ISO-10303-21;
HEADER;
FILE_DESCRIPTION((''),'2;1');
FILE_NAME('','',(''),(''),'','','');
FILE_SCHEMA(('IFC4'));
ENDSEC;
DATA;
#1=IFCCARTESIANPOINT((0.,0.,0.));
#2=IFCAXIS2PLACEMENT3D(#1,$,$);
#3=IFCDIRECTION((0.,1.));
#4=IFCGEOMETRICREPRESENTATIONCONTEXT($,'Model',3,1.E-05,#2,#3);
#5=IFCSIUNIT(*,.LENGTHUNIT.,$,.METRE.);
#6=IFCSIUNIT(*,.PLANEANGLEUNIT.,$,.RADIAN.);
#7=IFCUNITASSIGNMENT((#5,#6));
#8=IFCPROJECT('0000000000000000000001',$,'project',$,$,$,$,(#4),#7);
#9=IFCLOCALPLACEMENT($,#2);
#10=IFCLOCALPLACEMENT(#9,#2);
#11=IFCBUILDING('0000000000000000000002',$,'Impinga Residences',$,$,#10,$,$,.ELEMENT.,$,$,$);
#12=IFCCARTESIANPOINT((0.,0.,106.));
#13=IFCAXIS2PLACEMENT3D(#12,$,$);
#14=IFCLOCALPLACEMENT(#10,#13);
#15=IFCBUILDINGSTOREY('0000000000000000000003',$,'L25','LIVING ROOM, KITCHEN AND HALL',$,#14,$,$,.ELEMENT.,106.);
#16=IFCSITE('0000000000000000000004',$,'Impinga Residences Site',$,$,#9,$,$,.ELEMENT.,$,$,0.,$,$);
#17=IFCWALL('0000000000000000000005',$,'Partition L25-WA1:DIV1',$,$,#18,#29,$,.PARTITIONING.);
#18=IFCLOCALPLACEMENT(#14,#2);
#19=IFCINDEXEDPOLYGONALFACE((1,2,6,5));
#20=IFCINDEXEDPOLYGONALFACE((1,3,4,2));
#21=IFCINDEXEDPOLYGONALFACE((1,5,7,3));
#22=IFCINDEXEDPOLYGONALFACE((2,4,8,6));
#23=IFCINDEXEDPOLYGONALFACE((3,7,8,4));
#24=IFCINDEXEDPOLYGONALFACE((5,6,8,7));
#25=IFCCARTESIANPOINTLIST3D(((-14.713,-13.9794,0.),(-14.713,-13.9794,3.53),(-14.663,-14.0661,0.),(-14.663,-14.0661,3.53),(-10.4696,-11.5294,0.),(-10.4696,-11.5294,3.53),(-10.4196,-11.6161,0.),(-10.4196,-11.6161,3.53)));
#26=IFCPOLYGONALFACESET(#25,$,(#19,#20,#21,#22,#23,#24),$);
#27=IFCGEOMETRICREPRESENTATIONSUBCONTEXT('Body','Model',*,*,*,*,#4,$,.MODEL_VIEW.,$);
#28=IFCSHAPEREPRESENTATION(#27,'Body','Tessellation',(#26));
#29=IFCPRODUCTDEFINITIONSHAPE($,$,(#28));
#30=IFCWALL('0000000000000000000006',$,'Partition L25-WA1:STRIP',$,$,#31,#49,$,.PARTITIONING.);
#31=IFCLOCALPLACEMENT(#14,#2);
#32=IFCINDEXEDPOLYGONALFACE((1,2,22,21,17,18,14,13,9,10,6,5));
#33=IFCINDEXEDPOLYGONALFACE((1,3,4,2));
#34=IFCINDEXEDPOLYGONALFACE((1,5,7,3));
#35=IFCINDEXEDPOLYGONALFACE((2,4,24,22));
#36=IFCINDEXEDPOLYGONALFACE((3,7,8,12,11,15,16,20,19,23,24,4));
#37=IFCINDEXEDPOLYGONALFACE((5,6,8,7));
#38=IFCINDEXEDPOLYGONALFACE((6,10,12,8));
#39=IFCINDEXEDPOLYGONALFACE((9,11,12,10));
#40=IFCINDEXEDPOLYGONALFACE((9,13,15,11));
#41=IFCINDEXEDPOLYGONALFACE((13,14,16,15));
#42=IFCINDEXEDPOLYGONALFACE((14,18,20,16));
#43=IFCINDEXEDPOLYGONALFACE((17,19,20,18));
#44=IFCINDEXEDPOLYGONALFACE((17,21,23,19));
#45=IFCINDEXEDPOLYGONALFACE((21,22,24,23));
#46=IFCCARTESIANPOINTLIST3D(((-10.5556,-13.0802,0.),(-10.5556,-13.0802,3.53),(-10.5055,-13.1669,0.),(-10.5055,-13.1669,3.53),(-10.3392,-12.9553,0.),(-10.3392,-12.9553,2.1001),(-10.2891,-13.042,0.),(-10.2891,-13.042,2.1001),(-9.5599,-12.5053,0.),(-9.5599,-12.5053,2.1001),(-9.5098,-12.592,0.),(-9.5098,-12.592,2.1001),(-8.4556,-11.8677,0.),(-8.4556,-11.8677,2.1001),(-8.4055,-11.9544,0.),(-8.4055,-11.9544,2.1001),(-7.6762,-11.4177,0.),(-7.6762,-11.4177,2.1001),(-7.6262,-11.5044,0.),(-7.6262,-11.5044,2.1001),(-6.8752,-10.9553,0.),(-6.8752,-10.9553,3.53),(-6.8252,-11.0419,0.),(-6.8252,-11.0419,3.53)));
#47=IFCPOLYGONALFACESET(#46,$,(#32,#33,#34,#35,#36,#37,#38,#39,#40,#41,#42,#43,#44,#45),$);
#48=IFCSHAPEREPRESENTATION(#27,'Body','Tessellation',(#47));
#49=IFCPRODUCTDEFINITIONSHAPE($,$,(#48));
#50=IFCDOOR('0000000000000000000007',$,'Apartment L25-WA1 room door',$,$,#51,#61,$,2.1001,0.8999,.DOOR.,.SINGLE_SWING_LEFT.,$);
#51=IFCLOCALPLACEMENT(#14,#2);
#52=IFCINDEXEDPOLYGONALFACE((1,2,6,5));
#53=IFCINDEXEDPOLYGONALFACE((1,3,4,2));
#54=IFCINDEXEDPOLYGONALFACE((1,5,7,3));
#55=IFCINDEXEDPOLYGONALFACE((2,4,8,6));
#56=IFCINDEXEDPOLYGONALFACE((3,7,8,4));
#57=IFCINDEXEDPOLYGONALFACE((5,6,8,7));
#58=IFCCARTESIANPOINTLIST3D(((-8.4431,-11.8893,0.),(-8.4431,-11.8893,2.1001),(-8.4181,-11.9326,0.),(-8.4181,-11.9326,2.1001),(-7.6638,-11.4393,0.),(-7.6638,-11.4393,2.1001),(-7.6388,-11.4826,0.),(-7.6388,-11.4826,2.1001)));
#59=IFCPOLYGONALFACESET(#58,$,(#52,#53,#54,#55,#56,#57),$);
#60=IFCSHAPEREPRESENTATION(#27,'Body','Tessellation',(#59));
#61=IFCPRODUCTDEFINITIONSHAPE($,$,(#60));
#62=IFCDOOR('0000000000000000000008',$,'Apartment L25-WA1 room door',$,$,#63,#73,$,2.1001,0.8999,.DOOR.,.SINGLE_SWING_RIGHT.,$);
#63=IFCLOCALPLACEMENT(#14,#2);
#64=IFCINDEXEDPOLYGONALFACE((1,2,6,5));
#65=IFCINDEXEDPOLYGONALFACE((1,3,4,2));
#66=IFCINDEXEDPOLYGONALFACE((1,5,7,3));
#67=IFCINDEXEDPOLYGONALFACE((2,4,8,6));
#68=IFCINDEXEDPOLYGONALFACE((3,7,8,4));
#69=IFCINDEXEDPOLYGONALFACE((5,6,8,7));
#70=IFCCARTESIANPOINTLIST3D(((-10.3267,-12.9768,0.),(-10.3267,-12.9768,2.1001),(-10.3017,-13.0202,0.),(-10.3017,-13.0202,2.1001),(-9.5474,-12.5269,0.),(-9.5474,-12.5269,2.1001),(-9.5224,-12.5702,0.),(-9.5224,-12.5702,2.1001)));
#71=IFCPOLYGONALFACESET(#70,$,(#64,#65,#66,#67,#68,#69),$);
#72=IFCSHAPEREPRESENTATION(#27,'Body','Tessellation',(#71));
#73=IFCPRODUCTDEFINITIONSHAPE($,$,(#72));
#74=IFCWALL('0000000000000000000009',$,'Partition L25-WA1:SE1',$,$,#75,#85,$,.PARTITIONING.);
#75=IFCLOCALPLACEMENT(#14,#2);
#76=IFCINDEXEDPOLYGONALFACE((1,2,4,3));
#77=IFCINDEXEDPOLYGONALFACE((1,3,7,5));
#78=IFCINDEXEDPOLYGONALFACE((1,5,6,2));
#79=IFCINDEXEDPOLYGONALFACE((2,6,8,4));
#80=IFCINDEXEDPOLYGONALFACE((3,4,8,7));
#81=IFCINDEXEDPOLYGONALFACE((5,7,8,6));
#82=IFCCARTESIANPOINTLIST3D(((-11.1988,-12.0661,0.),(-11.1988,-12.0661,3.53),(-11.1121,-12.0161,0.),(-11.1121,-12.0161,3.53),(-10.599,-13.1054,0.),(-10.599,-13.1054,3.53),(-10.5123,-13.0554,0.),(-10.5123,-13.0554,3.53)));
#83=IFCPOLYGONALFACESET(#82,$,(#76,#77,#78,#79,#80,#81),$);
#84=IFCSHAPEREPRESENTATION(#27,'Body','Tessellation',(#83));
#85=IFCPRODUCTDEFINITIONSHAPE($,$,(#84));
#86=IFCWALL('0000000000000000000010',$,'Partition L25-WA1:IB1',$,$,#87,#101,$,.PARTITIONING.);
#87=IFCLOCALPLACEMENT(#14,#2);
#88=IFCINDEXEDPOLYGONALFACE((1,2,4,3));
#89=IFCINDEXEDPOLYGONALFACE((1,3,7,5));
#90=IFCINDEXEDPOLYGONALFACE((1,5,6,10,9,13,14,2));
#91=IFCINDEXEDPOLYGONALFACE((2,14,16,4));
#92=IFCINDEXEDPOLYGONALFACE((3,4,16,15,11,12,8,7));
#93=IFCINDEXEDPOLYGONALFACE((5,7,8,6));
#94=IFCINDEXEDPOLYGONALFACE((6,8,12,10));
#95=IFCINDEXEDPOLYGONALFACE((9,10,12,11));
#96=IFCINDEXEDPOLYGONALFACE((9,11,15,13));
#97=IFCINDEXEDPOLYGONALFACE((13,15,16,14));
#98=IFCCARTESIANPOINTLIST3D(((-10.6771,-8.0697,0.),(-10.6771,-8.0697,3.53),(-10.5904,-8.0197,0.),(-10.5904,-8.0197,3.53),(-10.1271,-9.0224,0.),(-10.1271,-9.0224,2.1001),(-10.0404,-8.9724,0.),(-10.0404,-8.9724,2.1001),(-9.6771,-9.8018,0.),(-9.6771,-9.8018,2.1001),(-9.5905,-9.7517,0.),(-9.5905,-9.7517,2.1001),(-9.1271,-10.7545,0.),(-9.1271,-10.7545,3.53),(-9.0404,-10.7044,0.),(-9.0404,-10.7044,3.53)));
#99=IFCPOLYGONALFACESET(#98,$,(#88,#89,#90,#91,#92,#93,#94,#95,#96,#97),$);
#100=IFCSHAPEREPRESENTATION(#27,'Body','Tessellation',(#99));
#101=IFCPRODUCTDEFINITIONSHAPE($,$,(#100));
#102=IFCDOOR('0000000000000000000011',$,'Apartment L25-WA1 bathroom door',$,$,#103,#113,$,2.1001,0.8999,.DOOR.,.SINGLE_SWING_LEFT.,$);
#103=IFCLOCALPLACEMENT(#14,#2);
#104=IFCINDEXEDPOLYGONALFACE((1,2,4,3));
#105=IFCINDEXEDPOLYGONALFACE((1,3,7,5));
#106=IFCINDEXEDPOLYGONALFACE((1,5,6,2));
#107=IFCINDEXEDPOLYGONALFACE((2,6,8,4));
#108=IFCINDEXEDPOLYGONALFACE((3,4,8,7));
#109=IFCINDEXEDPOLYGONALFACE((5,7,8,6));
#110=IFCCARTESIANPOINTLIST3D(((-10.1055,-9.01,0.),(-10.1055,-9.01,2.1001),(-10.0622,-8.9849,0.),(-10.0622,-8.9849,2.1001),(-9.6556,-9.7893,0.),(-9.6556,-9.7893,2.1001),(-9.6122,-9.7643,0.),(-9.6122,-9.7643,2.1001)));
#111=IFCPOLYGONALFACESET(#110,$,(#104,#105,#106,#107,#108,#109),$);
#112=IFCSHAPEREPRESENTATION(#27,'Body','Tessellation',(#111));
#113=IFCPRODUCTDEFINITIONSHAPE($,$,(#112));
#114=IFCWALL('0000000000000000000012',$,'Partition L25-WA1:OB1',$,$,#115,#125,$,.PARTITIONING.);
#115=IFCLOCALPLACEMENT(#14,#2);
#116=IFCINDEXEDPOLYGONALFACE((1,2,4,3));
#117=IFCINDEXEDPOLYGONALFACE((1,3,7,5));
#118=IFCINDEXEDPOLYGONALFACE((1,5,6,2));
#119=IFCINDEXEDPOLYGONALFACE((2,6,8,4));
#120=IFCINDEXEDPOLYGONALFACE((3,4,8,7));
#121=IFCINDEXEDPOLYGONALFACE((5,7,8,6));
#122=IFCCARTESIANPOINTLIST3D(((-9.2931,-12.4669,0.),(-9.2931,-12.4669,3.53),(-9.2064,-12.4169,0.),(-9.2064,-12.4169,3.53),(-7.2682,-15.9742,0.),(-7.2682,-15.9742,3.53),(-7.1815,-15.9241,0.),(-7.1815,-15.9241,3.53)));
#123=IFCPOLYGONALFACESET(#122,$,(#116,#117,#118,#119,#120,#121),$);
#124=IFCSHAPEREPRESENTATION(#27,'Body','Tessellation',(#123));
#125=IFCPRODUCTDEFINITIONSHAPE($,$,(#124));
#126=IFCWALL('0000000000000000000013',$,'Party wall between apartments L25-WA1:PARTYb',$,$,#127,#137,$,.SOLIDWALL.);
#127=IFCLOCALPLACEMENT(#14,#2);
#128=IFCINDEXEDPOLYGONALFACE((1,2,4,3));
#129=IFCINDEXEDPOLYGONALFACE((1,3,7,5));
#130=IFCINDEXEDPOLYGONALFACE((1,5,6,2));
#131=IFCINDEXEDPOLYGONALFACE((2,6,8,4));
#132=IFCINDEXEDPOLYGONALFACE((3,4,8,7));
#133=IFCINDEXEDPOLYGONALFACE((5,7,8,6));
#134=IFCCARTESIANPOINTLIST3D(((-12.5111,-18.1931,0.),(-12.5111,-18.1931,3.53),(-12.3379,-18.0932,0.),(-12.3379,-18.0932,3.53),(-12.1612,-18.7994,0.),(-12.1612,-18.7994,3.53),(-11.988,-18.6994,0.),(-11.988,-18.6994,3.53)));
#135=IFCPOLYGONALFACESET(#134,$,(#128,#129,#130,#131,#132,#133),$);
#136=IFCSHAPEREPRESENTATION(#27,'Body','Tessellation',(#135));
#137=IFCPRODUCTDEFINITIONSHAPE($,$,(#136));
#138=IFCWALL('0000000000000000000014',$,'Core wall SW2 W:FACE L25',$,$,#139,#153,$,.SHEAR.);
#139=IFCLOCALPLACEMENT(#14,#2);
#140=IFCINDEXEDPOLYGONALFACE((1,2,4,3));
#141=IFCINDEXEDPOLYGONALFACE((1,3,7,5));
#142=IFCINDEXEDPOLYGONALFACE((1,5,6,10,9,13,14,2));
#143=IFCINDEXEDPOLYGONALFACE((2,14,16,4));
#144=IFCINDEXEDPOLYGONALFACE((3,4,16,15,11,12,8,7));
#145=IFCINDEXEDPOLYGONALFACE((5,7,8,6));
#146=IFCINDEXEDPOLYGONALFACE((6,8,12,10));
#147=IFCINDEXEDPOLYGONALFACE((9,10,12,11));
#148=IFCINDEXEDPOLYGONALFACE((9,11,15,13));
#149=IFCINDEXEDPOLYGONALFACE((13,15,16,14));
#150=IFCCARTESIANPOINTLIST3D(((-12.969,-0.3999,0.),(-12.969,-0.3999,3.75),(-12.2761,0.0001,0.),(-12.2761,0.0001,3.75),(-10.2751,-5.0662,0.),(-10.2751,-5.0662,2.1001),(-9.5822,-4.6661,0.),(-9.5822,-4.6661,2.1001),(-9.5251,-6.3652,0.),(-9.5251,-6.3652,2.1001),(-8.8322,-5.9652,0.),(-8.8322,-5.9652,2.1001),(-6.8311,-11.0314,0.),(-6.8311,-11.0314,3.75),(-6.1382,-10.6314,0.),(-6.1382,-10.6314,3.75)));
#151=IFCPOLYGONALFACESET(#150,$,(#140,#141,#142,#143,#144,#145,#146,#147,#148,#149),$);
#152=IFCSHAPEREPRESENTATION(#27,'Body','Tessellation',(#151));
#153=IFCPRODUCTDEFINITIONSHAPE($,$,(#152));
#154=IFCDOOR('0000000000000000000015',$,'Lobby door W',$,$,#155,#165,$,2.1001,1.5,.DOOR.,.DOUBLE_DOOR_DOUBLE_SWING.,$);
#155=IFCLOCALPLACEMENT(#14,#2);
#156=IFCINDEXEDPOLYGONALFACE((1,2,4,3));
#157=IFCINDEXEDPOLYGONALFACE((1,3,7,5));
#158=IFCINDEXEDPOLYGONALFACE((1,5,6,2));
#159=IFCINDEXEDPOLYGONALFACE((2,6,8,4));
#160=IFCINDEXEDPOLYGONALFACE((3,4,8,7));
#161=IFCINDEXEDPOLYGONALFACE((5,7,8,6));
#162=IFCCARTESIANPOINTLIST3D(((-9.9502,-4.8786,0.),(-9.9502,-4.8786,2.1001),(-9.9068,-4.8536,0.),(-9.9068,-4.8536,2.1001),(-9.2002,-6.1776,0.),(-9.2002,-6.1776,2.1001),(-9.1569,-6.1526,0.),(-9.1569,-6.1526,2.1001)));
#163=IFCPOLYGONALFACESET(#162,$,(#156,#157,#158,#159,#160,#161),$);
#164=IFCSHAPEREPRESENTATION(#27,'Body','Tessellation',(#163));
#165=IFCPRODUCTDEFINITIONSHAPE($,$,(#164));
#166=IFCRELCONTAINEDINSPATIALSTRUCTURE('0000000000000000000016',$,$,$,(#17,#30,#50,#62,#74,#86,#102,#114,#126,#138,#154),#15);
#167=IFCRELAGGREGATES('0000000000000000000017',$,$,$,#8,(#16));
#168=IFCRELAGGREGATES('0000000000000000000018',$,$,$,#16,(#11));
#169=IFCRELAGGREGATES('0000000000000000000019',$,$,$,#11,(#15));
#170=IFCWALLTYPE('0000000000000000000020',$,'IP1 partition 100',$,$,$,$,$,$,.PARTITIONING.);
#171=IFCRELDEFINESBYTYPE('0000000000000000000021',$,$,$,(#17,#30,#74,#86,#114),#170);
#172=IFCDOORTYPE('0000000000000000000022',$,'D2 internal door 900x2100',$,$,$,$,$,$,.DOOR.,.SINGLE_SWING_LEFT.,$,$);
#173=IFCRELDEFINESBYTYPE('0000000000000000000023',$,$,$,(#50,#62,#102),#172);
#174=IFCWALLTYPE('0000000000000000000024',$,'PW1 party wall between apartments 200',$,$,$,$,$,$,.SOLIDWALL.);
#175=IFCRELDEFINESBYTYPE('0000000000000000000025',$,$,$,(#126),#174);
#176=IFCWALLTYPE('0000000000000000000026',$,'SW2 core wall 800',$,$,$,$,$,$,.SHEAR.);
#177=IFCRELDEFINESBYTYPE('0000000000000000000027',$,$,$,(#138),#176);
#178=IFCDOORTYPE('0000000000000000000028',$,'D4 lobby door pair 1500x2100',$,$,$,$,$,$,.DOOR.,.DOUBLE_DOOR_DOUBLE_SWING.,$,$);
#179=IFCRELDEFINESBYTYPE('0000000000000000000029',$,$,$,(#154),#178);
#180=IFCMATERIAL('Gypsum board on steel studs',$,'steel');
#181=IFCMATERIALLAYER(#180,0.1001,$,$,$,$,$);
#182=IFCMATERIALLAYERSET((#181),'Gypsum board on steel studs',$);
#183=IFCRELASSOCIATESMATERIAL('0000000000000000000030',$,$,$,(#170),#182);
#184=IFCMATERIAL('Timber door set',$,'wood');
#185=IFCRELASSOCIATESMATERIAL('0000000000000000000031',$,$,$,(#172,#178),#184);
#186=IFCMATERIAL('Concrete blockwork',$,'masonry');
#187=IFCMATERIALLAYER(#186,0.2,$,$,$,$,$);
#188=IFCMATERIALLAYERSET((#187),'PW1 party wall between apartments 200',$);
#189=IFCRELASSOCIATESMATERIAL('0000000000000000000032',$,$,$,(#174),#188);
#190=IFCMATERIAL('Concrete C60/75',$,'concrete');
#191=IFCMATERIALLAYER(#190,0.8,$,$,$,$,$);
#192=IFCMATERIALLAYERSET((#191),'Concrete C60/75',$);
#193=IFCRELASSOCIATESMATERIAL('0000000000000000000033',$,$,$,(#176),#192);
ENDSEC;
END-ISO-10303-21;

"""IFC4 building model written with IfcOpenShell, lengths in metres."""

from ifc_helpers import new_model, si_unit, direction, frame, frame_2d, origin, place, context, subcontext, project, spatial, rectangle, extrude, material, layer, layer_set, type_object, element, fill, save


model = new_model("IFC4")

# Units and contexts
model_context = context("Model", 3, precision=1e-05, world=origin(), true_north=direction((0.0, 1.0)))
body_context = subcontext(model_context, "Body", "Model", "MODEL_VIEW")
ifc_project = project(units=[si_unit("LENGTHUNIT", "METRE"), si_unit("PLANEANGLEUNIT", "RADIAN")], contexts=[model_context])

# Site, building, storey
site_placement = place(None, origin())
site = spatial("IfcSite", under=ifc_project, at=site_placement, Name="Impinga Residences Site", CompositionType="ELEMENT", RefElevation=0.0)
building_placement = place(site_placement, origin())
building = spatial("IfcBuilding", under=site, at=building_placement, Name="Impinga Residences", CompositionType="ELEMENT")
storey_placement = place(building_placement, frame((0.0, 0.0, 106.0)))
storey = spatial("IfcBuildingStorey", under=building, at=storey_placement, Name="L25", Description="LIVING ROOM, KITCHEN AND HALL", CompositionType="ELEMENT", Elevation=106.0)

# Shared definitions
ifc_material_1 = material(Name="Concrete C60/75", Category="concrete")

# Wall
ifc_material_2 = material(Name="Gypsum board on steel studs", Category="steel")
ifc_layer_1 = layer(ifc_material_2, 0.1001)
ifc_layer_set_1 = layer_set([ifc_layer_1], Name="Gypsum board on steel studs")
wall_type_1 = type_object("IfcWallType", Name="IP1 partition 100", PredefinedType="PARTITIONING", material=ifc_layer_set_1)
wall_1_placement = place(storey_placement, frame((-10.4446, -11.5728, 0.0), z_axis=(0.0, 0.0, 1.0), x_axis=(-0.866024, -0.500003, 0.0)))
element("IfcWall", 1, at=wall_1_placement, inside=storey, type_object=wall_type_1, Name="Partition L25-WA1:DIV1", PredefinedType="PARTITIONING", context=body_context, shape_type="SweptSolid", body=[
    extrude(rectangle(XDim=4.8999, YDim=0.1001, at=frame_2d((2.45, 0.0))), origin(), (0.0, 0.0, 1.0), 3.53),
])

# Wall, openings, doors
wall_2_placement = place(storey_placement, frame((-6.8501, -10.9985, 0.0), z_axis=(0.0, 0.0, 1.0), x_axis=(-0.866014, -0.500019, 0.0)))
wall_2 = element("IfcWall", 2, at=wall_2_placement, inside=storey, type_object=wall_type_1, Name="Partition L25-WA1:STRIP", PredefinedType="PARTITIONING", context=body_context, shape_type="SweptSolid", body=[
    extrude(rectangle(XDim=4.2498, YDim=0.1001, at=frame_2d((2.125, 0.0))), origin(), (0.0, 0.0, 1.0), 3.53),
])
opening_1_placement = place(wall_2_placement, frame((0.925, 0.0, 0.0)))
opening_1 = element("IfcOpeningElement", 3, at=opening_1_placement, cuts=wall_2, PredefinedType="OPENING", context=body_context, shape_type="SweptSolid", body=[
    extrude(rectangle(XDim=0.8999, YDim=2.1001, at=frame_2d((0.45, 1.05))), frame((0.0, 0.0601, 0.0), z_axis=(0.0, -1.0, 0.0), x_axis=(1.0, 0.0, 0.0)), (0.0, 0.0, 1.0), 0.1201),
])
opening_2_placement = place(wall_2_placement, frame((3.1001, 0.0, 0.0)))
opening_2 = element("IfcOpeningElement", 4, at=opening_2_placement, cuts=wall_2, PredefinedType="OPENING", context=body_context, shape_type="SweptSolid", body=[
    extrude(rectangle(XDim=0.8999, YDim=2.1001, at=frame_2d((0.45, 1.05))), frame((0.0, 0.0601, 0.0), z_axis=(0.0, -1.0, 0.0), x_axis=(1.0, 0.0, 0.0)), (0.0, 0.0, 1.0), 0.1201),
])
ifc_material_3 = material(Name="Timber door set", Category="wood")
door_type_1 = type_object("IfcDoorType", Name="D2 internal door 900x2100", OperationType="SINGLE_SWING_LEFT", PredefinedType="DOOR", material=ifc_material_3)
door_1_placement = place(opening_1_placement, origin())
door_1 = element("IfcDoor", 5, at=door_1_placement, inside=storey, type_object=door_type_1, Name="Apartment L25-WA1 room door", OperationType="SINGLE_SWING_LEFT", OverallHeight=2.1001, OverallWidth=0.8999, PredefinedType="DOOR", context=body_context, shape_type="SweptSolid", body=[
    extrude(rectangle(XDim=0.8999, YDim=2.1001, at=frame_2d((0.45, 1.05))), frame((0.0, 0.0249, 0.0), z_axis=(0.0, -1.0, 0.0), x_axis=(1.0, 0.0, 0.0)), (0.0, 0.0, 1.0), 0.05),
])
fill(opening_1, door_1)
door_2_placement = place(opening_2_placement, origin())
door_2 = element("IfcDoor", 6, at=door_2_placement, inside=storey, type_object=door_type_1, Name="Apartment L25-WA1 room door", OperationType="SINGLE_SWING_RIGHT", OverallHeight=2.1001, OverallWidth=0.8999, PredefinedType="DOOR", context=body_context, shape_type="SweptSolid", body=[
    extrude(rectangle(XDim=0.8999, YDim=2.1001, at=frame_2d((0.45, 1.05))), frame((0.0, 0.0249, 0.0), z_axis=(0.0, -1.0, 0.0), x_axis=(1.0, 0.0, 0.0)), (0.0, 0.0, 1.0), 0.05),
])
fill(opening_2, door_2)

# Wall
wall_3_placement = place(storey_placement, frame((-11.1555, -12.041, 0.0), z_axis=(0.0, 0.0, 1.0), x_axis=(0.499881, -0.866094, 0.0)))
element("IfcWall", 7, at=wall_3_placement, inside=storey, type_object=wall_type_1, Name="Partition L25-WA1:SE1", PredefinedType="PARTITIONING", context=body_context, shape_type="SweptSolid", body=[
    extrude(rectangle(XDim=1.2, YDim=0.1001, at=frame_2d((0.6001, 0.0))), origin(), (0.0, 0.0, 1.0), 3.53),
])

# Wall, opening, door
wall_4_placement = place(storey_placement, frame((-10.6338, -8.0447, 0.0), z_axis=(0.0, 0.0, 1.0), x_axis=(0.499993, -0.86603, 0.0)))
wall_4 = element("IfcWall", 8, at=wall_4_placement, inside=storey, type_object=wall_type_1, Name="Partition L25-WA1:IB1", PredefinedType="PARTITIONING", context=body_context, shape_type="SweptSolid", body=[
    extrude(rectangle(XDim=3.1001, YDim=0.1001, at=frame_2d((1.55, 0.0))), origin(), (0.0, 0.0, 1.0), 3.53),
])
opening_3_placement = place(wall_4_placement, frame((1.1001, 0.0, 0.0)))
opening_3 = element("IfcOpeningElement", 9, at=opening_3_placement, cuts=wall_4, PredefinedType="OPENING", context=body_context, shape_type="SweptSolid", body=[
    extrude(rectangle(XDim=0.8999, YDim=2.1001, at=frame_2d((0.45, 1.05))), frame((0.0, 0.0601, 0.0), z_axis=(0.0, -1.0, 0.0), x_axis=(1.0, 0.0, 0.0)), (0.0, 0.0, 1.0), 0.1201),
])
door_3_placement = place(opening_3_placement, origin())
door_3 = element("IfcDoor", 10, at=door_3_placement, inside=storey, type_object=door_type_1, Name="Apartment L25-WA1 bathroom door", OperationType="SINGLE_SWING_LEFT", OverallHeight=2.1001, OverallWidth=0.8999, PredefinedType="DOOR", context=body_context, shape_type="SweptSolid", body=[
    extrude(rectangle(XDim=0.8999, YDim=2.1001, at=frame_2d((0.45, 1.05))), frame((0.0, 0.0249, 0.0), z_axis=(0.0, -1.0, 0.0), x_axis=(1.0, 0.0, 0.0)), (0.0, 0.0, 1.0), 0.05),
])
fill(opening_3, door_3)

# Walls
wall_5_placement = place(storey_placement, frame((-9.2498, -12.4419, 0.0), z_axis=(0.0, 0.0, 1.0), x_axis=(0.49999, -0.866031, 0.0)))
element("IfcWall", 11, at=wall_5_placement, inside=storey, type_object=wall_type_1, Name="Partition L25-WA1:OB1", PredefinedType="PARTITIONING", context=body_context, shape_type="SweptSolid", body=[
    extrude(rectangle(XDim=4.0498, YDim=0.1001, at=frame_2d((2.0249, 0.0))), origin(), (0.0, 0.0, 1.0), 3.53),
])
ifc_material_4 = material(Name="Concrete blockwork", Category="masonry")
ifc_layer_2 = layer(ifc_material_4, 0.2)
ifc_layer_set_2 = layer_set([ifc_layer_2], Name="PW1 party wall between apartments 200")
wall_type_2 = type_object("IfcWallType", Name="PW1 party wall between apartments 200", PredefinedType="SOLIDWALL", material=ifc_layer_set_2)
wall_6_placement = place(storey_placement, frame((-12.4246, -18.1431, 0.0), z_axis=(0.0, 0.0, 1.0), x_axis=(0.499853, -0.86611, 0.0)))
element("IfcWall", 12, at=wall_6_placement, inside=storey, type_object=wall_type_2, Name="Party wall between apartments L25-WA1:PARTYb", PredefinedType="SOLIDWALL", context=body_context, shape_type="SweptSolid", body=[
    extrude(rectangle(XDim=0.7, YDim=0.2, at=frame_2d((0.3501, 0.0))), origin(), (0.0, 0.0, 1.0), 3.53),
])

# Wall, opening, door
ifc_layer_3 = layer(ifc_material_1, 0.8)
ifc_layer_set_3 = layer_set([ifc_layer_3], Name="Concrete C60/75")
wall_type_3 = type_object("IfcWallType", Name="SW2 core wall 800", PredefinedType="SHEAR", material=ifc_layer_set_3)
wall_7_placement = place(storey_placement, frame((-6.4846, -10.8315, 0.0), z_axis=(0.0, 0.0, 1.0), x_axis=(-0.499987, 0.866033, 0.0)))
wall_7 = element("IfcWall", 13, at=wall_7_placement, inside=storey, type_object=wall_type_3, Name="Core wall SW2 W:FACE L25", PredefinedType="SHEAR", context=body_context, shape_type="SweptSolid", body=[
    extrude(rectangle(XDim=12.2761, YDim=0.8, at=frame_2d((6.1382, 0.0))), origin(), (0.0, 0.0, 1.0), 3.75),
])
opening_4_placement = place(wall_7_placement, frame((5.3882, 0.0, 0.0)))
opening_4 = element("IfcOpeningElement", 14, at=opening_4_placement, cuts=wall_7, PredefinedType="OPENING", context=body_context, shape_type="SweptSolid", body=[
    extrude(rectangle(XDim=1.5, YDim=2.1001, at=frame_2d((0.75, 1.05))), frame((0.0, 0.4099, 0.0), z_axis=(0.0, -1.0, 0.0), x_axis=(1.0, 0.0, 0.0)), (0.0, 0.0, 1.0), 0.8201),
])
door_type_2 = type_object("IfcDoorType", Name="D4 lobby door pair 1500x2100", OperationType="DOUBLE_DOOR_DOUBLE_SWING", PredefinedType="DOOR", material=ifc_material_3)
door_4_placement = place(opening_4_placement, origin())
door_4 = element("IfcDoor", 15, at=door_4_placement, inside=storey, type_object=door_type_2, Name="Lobby door W", OperationType="DOUBLE_DOOR_DOUBLE_SWING", OverallHeight=2.1001, OverallWidth=1.5, PredefinedType="DOOR", context=body_context, shape_type="SweptSolid", body=[
    extrude(rectangle(XDim=1.5, YDim=2.1001, at=frame_2d((0.75, 1.05))), frame((0.0, 0.0249, 0.0), z_axis=(0.0, -1.0, 0.0), x_axis=(1.0, 0.0, 0.0)), (0.0, 0.0, 1.0), 0.05),
])
fill(opening_4, door_4)

save(model, "model.ifc")
